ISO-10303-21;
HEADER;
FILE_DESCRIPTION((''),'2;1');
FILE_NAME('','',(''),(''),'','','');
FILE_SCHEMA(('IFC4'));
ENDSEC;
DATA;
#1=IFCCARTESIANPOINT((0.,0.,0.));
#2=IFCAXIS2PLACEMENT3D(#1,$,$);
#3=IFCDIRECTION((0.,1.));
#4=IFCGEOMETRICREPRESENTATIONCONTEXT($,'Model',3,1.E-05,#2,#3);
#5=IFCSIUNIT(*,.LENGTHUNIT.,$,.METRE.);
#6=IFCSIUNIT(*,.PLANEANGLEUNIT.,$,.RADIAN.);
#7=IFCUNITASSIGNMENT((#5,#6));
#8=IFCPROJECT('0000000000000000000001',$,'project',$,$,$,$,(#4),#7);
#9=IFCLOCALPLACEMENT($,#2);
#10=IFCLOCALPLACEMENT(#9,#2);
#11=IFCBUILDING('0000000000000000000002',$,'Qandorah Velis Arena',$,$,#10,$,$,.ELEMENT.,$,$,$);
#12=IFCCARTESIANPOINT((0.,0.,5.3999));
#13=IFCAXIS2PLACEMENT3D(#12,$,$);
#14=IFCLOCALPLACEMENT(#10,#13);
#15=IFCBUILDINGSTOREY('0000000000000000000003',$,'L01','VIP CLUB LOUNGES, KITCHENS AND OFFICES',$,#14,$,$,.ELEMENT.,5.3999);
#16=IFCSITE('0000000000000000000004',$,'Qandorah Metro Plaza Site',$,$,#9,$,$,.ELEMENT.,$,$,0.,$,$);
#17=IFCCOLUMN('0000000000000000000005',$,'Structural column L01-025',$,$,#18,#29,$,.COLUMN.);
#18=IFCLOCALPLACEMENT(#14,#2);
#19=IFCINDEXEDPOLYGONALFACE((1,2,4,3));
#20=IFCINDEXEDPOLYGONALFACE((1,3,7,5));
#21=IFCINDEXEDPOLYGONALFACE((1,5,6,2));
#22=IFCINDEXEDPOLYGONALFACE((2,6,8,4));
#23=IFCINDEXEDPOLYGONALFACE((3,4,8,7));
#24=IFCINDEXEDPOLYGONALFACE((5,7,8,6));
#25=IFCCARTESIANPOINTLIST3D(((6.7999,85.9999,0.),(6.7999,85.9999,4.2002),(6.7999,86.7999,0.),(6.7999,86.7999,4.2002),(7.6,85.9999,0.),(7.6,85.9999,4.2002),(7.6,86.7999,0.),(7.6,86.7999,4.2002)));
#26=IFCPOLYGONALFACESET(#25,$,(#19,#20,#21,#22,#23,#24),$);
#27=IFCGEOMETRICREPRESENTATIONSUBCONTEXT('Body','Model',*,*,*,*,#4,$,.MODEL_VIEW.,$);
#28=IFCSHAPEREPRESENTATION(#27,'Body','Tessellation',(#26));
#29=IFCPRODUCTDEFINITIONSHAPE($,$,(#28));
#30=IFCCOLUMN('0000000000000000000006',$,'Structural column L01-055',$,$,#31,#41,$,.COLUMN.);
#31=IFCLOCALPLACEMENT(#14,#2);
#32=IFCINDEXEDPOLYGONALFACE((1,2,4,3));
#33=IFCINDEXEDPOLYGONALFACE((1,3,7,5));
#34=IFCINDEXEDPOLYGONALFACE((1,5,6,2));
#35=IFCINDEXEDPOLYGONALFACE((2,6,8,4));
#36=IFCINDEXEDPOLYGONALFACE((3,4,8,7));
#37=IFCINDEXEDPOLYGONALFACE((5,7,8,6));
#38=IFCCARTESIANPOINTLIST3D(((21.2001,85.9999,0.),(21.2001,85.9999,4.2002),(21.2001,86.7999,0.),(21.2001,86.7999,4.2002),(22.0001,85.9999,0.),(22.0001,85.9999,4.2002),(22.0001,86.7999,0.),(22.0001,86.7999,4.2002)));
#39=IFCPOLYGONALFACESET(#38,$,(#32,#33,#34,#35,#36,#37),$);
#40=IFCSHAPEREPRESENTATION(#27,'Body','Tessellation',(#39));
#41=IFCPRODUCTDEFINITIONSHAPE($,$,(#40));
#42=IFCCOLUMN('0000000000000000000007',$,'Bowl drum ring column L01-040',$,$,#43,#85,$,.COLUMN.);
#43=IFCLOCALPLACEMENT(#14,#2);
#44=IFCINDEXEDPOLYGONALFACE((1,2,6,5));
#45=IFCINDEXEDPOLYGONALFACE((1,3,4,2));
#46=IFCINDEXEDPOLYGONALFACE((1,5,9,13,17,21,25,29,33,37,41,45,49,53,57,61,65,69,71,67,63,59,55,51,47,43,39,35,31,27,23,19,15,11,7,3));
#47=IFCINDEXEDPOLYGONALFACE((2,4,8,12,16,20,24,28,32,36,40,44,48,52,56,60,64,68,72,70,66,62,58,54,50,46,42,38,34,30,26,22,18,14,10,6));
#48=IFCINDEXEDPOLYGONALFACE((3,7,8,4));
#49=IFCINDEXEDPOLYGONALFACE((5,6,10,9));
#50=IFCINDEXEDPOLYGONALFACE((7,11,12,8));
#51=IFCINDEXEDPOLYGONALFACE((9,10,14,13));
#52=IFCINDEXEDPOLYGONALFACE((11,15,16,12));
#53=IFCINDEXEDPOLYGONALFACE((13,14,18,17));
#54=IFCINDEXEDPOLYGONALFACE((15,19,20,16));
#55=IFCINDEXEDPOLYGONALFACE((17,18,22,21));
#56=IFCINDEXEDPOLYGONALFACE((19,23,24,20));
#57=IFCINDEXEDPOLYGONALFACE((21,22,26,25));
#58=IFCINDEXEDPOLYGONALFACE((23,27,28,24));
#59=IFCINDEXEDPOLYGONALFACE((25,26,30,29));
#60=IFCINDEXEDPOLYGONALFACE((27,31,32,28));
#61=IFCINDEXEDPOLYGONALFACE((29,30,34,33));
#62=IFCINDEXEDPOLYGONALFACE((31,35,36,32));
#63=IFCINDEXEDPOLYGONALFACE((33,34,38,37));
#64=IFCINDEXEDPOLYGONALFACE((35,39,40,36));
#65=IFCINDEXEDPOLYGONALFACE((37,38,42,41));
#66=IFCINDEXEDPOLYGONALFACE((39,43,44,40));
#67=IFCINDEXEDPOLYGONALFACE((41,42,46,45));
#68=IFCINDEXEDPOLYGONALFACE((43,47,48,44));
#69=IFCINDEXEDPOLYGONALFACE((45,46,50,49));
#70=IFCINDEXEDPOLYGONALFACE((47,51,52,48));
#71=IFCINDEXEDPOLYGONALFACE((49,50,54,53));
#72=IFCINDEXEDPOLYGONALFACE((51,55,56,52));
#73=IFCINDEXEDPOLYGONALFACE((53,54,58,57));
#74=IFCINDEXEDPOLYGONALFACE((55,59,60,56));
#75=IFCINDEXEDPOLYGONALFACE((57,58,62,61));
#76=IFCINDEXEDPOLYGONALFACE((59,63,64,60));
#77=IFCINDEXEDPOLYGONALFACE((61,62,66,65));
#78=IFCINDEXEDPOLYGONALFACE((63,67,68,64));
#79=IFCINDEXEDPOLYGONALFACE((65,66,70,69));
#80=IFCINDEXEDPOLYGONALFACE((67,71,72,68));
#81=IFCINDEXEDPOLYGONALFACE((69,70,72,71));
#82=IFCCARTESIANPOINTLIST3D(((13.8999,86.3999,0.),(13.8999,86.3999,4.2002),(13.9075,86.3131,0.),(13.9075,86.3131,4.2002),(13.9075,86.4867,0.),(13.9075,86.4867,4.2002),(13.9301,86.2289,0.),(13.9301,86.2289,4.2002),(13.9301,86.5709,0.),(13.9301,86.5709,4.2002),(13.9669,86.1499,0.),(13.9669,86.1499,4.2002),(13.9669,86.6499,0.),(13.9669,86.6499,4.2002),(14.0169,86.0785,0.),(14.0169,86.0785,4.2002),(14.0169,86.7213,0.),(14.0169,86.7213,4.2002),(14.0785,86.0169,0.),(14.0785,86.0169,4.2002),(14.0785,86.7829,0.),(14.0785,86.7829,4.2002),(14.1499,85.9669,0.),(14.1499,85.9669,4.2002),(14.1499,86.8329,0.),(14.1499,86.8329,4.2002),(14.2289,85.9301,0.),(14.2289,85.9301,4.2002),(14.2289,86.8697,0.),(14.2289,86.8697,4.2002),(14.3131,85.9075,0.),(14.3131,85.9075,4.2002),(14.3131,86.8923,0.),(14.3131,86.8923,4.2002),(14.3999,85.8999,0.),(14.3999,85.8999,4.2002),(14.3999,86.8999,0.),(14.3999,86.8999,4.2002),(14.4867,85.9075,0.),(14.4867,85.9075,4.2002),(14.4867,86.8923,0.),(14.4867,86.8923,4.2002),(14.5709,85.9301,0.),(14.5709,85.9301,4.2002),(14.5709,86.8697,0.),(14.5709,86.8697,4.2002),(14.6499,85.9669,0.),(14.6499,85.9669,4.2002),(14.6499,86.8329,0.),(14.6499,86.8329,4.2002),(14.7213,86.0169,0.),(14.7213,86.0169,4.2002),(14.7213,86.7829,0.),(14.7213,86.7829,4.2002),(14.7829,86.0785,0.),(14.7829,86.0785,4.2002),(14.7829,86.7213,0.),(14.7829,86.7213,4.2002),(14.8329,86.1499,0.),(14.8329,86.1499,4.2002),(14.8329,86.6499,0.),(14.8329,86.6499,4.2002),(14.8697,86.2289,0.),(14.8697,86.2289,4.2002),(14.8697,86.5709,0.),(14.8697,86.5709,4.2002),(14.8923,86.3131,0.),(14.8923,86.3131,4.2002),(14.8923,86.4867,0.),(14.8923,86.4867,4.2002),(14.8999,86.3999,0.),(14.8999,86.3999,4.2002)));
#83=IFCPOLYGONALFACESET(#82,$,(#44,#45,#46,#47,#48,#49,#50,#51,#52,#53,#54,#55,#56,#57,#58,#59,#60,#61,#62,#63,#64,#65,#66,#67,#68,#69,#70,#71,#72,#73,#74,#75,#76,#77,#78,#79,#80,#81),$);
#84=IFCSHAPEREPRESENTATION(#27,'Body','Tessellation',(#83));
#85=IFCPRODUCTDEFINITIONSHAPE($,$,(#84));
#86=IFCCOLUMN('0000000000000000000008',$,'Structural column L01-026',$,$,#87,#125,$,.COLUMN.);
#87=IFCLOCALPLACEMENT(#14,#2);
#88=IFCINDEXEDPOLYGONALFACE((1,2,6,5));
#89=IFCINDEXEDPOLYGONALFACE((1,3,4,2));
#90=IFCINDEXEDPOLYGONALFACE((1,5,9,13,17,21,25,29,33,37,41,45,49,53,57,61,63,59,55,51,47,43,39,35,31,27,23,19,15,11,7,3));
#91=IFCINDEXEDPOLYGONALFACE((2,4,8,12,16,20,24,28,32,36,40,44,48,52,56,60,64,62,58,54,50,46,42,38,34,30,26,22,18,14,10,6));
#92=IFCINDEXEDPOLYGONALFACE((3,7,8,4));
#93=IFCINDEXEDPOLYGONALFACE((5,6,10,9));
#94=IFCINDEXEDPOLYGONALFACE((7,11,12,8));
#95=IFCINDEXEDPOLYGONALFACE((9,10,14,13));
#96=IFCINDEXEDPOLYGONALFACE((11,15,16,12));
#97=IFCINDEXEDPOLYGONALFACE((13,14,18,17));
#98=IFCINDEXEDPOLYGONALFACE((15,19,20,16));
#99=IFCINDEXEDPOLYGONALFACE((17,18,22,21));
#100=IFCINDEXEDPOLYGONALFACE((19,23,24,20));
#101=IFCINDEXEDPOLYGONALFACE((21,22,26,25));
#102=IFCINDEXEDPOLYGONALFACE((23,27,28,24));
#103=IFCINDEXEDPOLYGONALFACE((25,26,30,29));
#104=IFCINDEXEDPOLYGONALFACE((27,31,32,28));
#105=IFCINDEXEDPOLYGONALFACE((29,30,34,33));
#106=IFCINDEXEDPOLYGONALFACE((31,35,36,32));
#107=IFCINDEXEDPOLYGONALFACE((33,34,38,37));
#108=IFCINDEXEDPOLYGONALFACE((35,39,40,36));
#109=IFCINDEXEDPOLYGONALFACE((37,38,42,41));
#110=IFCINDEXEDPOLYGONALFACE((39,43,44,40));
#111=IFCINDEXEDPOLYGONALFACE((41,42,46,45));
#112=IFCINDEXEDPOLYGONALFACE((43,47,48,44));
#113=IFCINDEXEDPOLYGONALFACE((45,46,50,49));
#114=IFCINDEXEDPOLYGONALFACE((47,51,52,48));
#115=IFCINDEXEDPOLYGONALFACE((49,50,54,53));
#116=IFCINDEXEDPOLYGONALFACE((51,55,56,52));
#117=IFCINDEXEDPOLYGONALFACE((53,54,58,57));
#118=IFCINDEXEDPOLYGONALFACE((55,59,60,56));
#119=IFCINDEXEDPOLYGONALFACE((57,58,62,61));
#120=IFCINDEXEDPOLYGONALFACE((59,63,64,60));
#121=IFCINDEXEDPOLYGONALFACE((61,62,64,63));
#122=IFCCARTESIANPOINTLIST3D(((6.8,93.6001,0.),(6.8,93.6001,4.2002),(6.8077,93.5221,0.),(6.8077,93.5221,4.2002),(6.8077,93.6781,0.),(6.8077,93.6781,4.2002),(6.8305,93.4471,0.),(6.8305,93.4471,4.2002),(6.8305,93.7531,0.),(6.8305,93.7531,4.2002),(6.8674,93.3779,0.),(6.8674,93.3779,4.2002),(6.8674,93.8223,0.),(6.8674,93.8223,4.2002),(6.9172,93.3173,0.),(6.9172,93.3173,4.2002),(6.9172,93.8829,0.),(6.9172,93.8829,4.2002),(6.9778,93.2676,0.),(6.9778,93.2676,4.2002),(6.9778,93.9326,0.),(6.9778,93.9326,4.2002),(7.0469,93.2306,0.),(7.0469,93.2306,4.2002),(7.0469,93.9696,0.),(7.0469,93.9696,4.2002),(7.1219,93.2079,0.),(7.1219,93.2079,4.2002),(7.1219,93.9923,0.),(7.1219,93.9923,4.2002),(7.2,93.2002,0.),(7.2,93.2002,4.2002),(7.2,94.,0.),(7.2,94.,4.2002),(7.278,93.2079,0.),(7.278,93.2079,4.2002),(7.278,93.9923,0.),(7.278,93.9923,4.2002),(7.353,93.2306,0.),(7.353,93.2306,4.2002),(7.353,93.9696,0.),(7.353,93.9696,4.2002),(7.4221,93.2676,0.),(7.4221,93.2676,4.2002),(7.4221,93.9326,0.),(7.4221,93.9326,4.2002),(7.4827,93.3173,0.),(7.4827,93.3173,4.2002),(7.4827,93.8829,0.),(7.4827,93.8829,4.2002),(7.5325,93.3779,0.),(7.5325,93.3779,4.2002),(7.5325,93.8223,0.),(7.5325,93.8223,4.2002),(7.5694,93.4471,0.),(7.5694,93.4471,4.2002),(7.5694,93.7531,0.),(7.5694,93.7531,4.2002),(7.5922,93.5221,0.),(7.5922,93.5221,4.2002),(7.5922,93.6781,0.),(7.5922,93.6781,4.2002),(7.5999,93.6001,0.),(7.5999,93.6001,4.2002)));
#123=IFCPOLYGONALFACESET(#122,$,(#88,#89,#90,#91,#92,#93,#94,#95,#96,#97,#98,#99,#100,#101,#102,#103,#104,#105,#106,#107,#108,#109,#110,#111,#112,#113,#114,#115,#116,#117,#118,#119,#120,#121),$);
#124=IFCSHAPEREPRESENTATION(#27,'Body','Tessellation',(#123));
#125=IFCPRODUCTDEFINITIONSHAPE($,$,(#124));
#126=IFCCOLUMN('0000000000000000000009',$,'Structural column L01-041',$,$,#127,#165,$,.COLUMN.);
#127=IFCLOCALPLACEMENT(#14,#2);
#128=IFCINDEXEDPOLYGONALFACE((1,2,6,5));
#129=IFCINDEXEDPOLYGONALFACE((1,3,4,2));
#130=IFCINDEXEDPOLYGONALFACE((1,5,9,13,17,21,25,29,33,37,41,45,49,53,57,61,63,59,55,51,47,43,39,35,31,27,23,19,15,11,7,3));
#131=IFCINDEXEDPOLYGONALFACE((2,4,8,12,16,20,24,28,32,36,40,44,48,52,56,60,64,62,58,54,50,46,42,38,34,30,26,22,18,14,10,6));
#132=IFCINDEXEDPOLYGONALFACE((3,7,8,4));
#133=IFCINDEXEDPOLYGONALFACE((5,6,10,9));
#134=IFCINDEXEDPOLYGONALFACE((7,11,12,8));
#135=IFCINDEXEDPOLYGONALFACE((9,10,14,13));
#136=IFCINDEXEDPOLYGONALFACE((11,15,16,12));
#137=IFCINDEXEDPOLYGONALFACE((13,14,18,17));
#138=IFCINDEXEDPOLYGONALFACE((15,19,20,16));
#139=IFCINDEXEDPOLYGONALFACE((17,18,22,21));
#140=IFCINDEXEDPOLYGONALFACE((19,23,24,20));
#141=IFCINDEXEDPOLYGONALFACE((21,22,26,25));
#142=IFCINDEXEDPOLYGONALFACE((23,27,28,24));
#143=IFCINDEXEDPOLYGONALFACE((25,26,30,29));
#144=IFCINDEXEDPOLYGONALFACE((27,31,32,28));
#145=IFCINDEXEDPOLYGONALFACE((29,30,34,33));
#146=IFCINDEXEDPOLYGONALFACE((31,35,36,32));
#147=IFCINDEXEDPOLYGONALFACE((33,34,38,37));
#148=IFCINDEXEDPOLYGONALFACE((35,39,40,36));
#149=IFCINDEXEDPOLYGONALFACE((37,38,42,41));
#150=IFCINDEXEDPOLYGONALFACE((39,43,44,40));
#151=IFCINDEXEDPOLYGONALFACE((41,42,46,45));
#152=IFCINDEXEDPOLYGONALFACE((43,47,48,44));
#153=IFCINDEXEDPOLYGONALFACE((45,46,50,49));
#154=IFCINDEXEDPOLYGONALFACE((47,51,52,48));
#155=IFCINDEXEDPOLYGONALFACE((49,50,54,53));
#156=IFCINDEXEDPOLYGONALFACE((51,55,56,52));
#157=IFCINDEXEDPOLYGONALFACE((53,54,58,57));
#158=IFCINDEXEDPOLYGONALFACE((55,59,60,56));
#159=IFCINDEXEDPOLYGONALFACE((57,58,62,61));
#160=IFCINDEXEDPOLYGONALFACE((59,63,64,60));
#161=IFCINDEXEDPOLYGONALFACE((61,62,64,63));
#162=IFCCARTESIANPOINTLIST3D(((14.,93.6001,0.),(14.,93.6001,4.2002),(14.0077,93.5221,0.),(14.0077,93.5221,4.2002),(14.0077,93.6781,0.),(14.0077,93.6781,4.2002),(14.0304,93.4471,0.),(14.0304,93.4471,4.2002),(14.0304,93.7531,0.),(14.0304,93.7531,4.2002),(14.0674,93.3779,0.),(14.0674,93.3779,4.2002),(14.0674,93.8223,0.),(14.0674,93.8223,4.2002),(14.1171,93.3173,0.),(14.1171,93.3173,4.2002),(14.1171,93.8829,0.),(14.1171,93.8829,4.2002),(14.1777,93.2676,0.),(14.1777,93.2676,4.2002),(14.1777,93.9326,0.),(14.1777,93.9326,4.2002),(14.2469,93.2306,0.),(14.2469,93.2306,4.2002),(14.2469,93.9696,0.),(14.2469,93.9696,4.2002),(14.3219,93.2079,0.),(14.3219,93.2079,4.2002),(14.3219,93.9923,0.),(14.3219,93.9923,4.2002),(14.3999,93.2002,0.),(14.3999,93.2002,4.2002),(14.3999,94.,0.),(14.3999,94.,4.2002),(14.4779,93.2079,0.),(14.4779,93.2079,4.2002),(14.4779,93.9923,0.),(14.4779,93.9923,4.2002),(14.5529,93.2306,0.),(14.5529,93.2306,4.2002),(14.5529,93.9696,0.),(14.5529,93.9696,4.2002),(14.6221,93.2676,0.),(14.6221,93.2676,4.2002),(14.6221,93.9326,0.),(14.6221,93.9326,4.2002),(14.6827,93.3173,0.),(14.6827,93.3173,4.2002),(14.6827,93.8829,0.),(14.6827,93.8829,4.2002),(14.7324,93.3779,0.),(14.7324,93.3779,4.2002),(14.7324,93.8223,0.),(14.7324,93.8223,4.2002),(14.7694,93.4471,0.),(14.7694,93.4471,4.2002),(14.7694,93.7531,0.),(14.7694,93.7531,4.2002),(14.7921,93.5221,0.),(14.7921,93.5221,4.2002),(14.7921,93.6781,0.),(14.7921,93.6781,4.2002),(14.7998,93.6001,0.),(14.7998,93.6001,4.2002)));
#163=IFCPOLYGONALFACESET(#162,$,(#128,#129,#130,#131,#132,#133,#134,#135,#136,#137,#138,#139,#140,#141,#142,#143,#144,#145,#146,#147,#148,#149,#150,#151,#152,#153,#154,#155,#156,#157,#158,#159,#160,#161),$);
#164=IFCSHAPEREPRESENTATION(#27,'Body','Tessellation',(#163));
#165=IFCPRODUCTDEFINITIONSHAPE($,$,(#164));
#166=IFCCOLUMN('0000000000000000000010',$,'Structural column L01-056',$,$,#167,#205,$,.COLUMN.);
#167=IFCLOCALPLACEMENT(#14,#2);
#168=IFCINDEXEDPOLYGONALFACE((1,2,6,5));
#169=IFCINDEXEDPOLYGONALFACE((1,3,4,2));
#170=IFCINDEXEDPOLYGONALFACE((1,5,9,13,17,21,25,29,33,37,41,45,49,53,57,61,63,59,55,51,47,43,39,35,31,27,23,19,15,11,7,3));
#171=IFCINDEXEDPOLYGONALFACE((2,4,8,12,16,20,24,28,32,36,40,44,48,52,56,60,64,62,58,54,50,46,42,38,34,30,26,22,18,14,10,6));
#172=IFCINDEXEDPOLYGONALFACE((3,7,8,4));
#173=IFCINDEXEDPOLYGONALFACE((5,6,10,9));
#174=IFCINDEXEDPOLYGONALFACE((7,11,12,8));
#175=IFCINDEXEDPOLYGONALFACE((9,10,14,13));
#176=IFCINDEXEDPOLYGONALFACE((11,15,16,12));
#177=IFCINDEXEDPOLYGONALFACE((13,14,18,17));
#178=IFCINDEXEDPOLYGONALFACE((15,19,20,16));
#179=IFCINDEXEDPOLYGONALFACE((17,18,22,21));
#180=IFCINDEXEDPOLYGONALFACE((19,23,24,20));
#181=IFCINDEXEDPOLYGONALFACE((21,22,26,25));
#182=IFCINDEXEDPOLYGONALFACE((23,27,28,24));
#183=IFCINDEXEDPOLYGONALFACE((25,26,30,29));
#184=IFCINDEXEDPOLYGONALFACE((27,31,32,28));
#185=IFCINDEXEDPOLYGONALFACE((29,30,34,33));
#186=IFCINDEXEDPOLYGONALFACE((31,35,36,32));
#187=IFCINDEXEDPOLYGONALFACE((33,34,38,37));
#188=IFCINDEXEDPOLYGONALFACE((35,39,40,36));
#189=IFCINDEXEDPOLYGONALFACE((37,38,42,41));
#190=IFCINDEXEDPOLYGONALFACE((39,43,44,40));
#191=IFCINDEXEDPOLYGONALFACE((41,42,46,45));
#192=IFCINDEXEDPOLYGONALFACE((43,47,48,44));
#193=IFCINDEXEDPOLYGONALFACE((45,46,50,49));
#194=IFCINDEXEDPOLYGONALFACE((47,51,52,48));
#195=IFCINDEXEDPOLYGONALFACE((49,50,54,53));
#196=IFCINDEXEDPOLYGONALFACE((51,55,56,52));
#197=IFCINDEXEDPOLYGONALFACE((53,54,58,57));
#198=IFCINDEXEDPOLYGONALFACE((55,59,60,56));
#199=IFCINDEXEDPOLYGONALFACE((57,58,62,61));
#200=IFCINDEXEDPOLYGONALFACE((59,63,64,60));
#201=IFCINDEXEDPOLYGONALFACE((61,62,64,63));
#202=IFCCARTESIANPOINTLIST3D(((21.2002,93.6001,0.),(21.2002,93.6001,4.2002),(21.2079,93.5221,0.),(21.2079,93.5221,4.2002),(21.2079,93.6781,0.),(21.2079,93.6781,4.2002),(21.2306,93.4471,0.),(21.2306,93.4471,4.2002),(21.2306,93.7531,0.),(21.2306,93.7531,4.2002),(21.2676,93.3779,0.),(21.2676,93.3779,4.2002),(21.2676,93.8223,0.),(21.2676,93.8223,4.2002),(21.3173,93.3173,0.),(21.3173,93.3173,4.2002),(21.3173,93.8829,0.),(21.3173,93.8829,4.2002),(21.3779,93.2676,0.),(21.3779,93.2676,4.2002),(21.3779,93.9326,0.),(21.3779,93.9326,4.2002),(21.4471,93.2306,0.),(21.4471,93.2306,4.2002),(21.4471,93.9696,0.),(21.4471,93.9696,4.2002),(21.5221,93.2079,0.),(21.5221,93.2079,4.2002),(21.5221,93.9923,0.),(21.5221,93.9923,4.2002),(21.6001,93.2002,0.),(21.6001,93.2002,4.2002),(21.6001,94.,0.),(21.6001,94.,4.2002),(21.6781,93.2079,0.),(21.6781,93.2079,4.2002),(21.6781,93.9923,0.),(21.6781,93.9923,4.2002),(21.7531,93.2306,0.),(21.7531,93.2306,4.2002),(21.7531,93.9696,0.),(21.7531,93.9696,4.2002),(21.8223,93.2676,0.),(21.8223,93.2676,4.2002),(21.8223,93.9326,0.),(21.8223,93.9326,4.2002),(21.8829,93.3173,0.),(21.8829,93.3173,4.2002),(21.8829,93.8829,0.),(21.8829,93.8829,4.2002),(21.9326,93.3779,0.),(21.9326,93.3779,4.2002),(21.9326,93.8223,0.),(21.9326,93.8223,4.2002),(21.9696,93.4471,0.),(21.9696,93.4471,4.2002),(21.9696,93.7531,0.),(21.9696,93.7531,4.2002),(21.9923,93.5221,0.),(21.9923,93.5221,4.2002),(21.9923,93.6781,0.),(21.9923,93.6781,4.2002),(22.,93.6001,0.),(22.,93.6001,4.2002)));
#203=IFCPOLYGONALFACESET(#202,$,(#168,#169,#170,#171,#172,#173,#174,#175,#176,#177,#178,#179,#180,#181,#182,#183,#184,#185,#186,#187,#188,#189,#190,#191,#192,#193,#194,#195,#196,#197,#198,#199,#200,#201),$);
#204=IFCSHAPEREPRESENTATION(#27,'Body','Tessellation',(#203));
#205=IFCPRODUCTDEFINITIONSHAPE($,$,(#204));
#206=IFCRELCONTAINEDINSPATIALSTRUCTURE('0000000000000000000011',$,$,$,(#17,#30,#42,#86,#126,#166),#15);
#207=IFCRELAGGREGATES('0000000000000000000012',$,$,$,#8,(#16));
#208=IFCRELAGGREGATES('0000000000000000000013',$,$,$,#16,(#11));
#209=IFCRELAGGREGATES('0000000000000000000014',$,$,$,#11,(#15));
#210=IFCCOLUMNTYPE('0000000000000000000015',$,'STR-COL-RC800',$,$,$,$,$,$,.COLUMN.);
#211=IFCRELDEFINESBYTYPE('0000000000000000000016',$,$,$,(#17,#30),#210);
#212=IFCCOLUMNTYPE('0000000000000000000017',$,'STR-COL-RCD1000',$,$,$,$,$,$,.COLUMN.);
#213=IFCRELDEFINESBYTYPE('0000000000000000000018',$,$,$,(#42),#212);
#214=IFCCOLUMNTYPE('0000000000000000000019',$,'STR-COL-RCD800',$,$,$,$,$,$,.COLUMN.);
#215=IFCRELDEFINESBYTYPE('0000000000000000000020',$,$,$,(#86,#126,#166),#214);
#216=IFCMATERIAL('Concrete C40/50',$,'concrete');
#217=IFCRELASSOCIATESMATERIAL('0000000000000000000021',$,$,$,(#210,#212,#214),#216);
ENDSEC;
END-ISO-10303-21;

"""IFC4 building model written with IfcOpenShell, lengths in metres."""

from ifc_helpers import new_model, si_unit, direction, frame, origin, origin_2d, place, context, subcontext, project, spatial, rectangle, circle, extrude, material, material_profile, profile_set, type_object, element, save


model = new_model("IFC4")

# Units and contexts
model_context = context("Model", 3, precision=1e-05, world=origin(), true_north=direction((0.0, 1.0)))
body_context = subcontext(model_context, "Body", "Model", "MODEL_VIEW")
ifc_project = project(units=[si_unit("LENGTHUNIT", "METRE"), si_unit("PLANEANGLEUNIT", "RADIAN")], contexts=[model_context])

# Site, building, storey
site_placement = place(None, origin())
site = spatial("IfcSite", under=ifc_project, at=site_placement, Name="Qandorah Metro Plaza Site", CompositionType="ELEMENT", RefElevation=0.0)
building_placement = place(site_placement, origin())
building = spatial("IfcBuilding", under=site, at=building_placement, Name="Qandorah Velis Arena", CompositionType="ELEMENT")
storey_placement = place(building_placement, frame((0.0, 0.0, 5.3999)))
storey = spatial("IfcBuildingStorey", under=building, at=storey_placement, Name="L01", Description="VIP CLUB LOUNGES, KITCHENS AND OFFICES", CompositionType="ELEMENT", Elevation=5.3999)

# Columns
ifc_material_1 = material(Name="Concrete C40/50", Category="concrete")
ifc_material_profile_1 = material_profile(ifc_material_1, rectangle(XDim=0.8, YDim=0.8, at=origin_2d()), Name="RC COL 800x800")
ifc_profile_set_1 = profile_set([ifc_material_profile_1], Name="Concrete C40/50")
column_type_1 = type_object("IfcColumnType", Name="STR-COL-RC800", PredefinedType="COLUMN", material=ifc_profile_set_1)
for number, where, z_axis, x_axis, name in (
    (1, (7.2, 86.3999, 0.0), (0.0, 0.0, 1.0), (1.0, 0.0, 0.0), "Structural column L01-025"),
    (2, (21.6001, 86.3999, 0.0), (0.0, 0.0, 1.0), (1.0, 0.0, 0.0), "Structural column L01-055"),
):
    element("IfcColumn", number, at=place(storey_placement, frame(where, z_axis=z_axis, x_axis=x_axis)), inside=storey, type_object=column_type_1, Name=name, PredefinedType="COLUMN", context=body_context, shape_type="SweptSolid", body=[
        extrude(rectangle(XDim=0.8, YDim=0.8, at=origin_2d()), origin(), (0.0, 0.0, 1.0), 4.2002),
    ])
ifc_material_profile_2 = material_profile(ifc_material_1, circle(Radius=0.5, at=origin_2d()), Name="RC D1000")
ifc_profile_set_2 = profile_set([ifc_material_profile_2], Name="Concrete C40/50")
column_type_2 = type_object("IfcColumnType", Name="STR-COL-RCD1000", PredefinedType="COLUMN", material=ifc_profile_set_2)
column_placement = place(storey_placement, frame((14.3999, 86.3999, 0.0), z_axis=(0.0, 0.0, 1.0), x_axis=(1.0, 0.0, 0.0)))
element("IfcColumn", 3, at=column_placement, inside=storey, type_object=column_type_2, Name="Bowl drum ring column L01-040", PredefinedType="COLUMN", context=body_context, shape_type="SweptSolid", body=[
    extrude(circle(Radius=0.5, at=origin_2d()), origin(), (0.0, 0.0, 1.0), 4.2002),
])
ifc_material_profile_3 = material_profile(ifc_material_1, circle(Radius=0.3999, at=origin_2d()), Name="RC D800")
ifc_profile_set_3 = profile_set([ifc_material_profile_3], Name="Concrete C40/50")
column_type_3 = type_object("IfcColumnType", Name="STR-COL-RCD800", PredefinedType="COLUMN", material=ifc_profile_set_3)
for number, where, z_axis, x_axis, name in (
    (4, (7.2, 93.6001, 0.0), (0.0, 0.0, 1.0), (1.0, 0.0, 0.0), "Structural column L01-026"),
    (5, (14.3999, 93.6001, 0.0), (0.0, 0.0, 1.0), (1.0, 0.0, 0.0), "Structural column L01-041"),
    (6, (21.6001, 93.6001, 0.0), (0.0, 0.0, 1.0), (1.0, 0.0, 0.0), "Structural column L01-056"),
):
    element("IfcColumn", number, at=place(storey_placement, frame(where, z_axis=z_axis, x_axis=x_axis)), inside=storey, type_object=column_type_3, Name=name, PredefinedType="COLUMN", context=body_context, shape_type="SweptSolid", body=[
        extrude(circle(Radius=0.3999, at=origin_2d()), origin(), (0.0, 0.0, 1.0), 4.2002),
    ])

save(model, "model.ifc")
